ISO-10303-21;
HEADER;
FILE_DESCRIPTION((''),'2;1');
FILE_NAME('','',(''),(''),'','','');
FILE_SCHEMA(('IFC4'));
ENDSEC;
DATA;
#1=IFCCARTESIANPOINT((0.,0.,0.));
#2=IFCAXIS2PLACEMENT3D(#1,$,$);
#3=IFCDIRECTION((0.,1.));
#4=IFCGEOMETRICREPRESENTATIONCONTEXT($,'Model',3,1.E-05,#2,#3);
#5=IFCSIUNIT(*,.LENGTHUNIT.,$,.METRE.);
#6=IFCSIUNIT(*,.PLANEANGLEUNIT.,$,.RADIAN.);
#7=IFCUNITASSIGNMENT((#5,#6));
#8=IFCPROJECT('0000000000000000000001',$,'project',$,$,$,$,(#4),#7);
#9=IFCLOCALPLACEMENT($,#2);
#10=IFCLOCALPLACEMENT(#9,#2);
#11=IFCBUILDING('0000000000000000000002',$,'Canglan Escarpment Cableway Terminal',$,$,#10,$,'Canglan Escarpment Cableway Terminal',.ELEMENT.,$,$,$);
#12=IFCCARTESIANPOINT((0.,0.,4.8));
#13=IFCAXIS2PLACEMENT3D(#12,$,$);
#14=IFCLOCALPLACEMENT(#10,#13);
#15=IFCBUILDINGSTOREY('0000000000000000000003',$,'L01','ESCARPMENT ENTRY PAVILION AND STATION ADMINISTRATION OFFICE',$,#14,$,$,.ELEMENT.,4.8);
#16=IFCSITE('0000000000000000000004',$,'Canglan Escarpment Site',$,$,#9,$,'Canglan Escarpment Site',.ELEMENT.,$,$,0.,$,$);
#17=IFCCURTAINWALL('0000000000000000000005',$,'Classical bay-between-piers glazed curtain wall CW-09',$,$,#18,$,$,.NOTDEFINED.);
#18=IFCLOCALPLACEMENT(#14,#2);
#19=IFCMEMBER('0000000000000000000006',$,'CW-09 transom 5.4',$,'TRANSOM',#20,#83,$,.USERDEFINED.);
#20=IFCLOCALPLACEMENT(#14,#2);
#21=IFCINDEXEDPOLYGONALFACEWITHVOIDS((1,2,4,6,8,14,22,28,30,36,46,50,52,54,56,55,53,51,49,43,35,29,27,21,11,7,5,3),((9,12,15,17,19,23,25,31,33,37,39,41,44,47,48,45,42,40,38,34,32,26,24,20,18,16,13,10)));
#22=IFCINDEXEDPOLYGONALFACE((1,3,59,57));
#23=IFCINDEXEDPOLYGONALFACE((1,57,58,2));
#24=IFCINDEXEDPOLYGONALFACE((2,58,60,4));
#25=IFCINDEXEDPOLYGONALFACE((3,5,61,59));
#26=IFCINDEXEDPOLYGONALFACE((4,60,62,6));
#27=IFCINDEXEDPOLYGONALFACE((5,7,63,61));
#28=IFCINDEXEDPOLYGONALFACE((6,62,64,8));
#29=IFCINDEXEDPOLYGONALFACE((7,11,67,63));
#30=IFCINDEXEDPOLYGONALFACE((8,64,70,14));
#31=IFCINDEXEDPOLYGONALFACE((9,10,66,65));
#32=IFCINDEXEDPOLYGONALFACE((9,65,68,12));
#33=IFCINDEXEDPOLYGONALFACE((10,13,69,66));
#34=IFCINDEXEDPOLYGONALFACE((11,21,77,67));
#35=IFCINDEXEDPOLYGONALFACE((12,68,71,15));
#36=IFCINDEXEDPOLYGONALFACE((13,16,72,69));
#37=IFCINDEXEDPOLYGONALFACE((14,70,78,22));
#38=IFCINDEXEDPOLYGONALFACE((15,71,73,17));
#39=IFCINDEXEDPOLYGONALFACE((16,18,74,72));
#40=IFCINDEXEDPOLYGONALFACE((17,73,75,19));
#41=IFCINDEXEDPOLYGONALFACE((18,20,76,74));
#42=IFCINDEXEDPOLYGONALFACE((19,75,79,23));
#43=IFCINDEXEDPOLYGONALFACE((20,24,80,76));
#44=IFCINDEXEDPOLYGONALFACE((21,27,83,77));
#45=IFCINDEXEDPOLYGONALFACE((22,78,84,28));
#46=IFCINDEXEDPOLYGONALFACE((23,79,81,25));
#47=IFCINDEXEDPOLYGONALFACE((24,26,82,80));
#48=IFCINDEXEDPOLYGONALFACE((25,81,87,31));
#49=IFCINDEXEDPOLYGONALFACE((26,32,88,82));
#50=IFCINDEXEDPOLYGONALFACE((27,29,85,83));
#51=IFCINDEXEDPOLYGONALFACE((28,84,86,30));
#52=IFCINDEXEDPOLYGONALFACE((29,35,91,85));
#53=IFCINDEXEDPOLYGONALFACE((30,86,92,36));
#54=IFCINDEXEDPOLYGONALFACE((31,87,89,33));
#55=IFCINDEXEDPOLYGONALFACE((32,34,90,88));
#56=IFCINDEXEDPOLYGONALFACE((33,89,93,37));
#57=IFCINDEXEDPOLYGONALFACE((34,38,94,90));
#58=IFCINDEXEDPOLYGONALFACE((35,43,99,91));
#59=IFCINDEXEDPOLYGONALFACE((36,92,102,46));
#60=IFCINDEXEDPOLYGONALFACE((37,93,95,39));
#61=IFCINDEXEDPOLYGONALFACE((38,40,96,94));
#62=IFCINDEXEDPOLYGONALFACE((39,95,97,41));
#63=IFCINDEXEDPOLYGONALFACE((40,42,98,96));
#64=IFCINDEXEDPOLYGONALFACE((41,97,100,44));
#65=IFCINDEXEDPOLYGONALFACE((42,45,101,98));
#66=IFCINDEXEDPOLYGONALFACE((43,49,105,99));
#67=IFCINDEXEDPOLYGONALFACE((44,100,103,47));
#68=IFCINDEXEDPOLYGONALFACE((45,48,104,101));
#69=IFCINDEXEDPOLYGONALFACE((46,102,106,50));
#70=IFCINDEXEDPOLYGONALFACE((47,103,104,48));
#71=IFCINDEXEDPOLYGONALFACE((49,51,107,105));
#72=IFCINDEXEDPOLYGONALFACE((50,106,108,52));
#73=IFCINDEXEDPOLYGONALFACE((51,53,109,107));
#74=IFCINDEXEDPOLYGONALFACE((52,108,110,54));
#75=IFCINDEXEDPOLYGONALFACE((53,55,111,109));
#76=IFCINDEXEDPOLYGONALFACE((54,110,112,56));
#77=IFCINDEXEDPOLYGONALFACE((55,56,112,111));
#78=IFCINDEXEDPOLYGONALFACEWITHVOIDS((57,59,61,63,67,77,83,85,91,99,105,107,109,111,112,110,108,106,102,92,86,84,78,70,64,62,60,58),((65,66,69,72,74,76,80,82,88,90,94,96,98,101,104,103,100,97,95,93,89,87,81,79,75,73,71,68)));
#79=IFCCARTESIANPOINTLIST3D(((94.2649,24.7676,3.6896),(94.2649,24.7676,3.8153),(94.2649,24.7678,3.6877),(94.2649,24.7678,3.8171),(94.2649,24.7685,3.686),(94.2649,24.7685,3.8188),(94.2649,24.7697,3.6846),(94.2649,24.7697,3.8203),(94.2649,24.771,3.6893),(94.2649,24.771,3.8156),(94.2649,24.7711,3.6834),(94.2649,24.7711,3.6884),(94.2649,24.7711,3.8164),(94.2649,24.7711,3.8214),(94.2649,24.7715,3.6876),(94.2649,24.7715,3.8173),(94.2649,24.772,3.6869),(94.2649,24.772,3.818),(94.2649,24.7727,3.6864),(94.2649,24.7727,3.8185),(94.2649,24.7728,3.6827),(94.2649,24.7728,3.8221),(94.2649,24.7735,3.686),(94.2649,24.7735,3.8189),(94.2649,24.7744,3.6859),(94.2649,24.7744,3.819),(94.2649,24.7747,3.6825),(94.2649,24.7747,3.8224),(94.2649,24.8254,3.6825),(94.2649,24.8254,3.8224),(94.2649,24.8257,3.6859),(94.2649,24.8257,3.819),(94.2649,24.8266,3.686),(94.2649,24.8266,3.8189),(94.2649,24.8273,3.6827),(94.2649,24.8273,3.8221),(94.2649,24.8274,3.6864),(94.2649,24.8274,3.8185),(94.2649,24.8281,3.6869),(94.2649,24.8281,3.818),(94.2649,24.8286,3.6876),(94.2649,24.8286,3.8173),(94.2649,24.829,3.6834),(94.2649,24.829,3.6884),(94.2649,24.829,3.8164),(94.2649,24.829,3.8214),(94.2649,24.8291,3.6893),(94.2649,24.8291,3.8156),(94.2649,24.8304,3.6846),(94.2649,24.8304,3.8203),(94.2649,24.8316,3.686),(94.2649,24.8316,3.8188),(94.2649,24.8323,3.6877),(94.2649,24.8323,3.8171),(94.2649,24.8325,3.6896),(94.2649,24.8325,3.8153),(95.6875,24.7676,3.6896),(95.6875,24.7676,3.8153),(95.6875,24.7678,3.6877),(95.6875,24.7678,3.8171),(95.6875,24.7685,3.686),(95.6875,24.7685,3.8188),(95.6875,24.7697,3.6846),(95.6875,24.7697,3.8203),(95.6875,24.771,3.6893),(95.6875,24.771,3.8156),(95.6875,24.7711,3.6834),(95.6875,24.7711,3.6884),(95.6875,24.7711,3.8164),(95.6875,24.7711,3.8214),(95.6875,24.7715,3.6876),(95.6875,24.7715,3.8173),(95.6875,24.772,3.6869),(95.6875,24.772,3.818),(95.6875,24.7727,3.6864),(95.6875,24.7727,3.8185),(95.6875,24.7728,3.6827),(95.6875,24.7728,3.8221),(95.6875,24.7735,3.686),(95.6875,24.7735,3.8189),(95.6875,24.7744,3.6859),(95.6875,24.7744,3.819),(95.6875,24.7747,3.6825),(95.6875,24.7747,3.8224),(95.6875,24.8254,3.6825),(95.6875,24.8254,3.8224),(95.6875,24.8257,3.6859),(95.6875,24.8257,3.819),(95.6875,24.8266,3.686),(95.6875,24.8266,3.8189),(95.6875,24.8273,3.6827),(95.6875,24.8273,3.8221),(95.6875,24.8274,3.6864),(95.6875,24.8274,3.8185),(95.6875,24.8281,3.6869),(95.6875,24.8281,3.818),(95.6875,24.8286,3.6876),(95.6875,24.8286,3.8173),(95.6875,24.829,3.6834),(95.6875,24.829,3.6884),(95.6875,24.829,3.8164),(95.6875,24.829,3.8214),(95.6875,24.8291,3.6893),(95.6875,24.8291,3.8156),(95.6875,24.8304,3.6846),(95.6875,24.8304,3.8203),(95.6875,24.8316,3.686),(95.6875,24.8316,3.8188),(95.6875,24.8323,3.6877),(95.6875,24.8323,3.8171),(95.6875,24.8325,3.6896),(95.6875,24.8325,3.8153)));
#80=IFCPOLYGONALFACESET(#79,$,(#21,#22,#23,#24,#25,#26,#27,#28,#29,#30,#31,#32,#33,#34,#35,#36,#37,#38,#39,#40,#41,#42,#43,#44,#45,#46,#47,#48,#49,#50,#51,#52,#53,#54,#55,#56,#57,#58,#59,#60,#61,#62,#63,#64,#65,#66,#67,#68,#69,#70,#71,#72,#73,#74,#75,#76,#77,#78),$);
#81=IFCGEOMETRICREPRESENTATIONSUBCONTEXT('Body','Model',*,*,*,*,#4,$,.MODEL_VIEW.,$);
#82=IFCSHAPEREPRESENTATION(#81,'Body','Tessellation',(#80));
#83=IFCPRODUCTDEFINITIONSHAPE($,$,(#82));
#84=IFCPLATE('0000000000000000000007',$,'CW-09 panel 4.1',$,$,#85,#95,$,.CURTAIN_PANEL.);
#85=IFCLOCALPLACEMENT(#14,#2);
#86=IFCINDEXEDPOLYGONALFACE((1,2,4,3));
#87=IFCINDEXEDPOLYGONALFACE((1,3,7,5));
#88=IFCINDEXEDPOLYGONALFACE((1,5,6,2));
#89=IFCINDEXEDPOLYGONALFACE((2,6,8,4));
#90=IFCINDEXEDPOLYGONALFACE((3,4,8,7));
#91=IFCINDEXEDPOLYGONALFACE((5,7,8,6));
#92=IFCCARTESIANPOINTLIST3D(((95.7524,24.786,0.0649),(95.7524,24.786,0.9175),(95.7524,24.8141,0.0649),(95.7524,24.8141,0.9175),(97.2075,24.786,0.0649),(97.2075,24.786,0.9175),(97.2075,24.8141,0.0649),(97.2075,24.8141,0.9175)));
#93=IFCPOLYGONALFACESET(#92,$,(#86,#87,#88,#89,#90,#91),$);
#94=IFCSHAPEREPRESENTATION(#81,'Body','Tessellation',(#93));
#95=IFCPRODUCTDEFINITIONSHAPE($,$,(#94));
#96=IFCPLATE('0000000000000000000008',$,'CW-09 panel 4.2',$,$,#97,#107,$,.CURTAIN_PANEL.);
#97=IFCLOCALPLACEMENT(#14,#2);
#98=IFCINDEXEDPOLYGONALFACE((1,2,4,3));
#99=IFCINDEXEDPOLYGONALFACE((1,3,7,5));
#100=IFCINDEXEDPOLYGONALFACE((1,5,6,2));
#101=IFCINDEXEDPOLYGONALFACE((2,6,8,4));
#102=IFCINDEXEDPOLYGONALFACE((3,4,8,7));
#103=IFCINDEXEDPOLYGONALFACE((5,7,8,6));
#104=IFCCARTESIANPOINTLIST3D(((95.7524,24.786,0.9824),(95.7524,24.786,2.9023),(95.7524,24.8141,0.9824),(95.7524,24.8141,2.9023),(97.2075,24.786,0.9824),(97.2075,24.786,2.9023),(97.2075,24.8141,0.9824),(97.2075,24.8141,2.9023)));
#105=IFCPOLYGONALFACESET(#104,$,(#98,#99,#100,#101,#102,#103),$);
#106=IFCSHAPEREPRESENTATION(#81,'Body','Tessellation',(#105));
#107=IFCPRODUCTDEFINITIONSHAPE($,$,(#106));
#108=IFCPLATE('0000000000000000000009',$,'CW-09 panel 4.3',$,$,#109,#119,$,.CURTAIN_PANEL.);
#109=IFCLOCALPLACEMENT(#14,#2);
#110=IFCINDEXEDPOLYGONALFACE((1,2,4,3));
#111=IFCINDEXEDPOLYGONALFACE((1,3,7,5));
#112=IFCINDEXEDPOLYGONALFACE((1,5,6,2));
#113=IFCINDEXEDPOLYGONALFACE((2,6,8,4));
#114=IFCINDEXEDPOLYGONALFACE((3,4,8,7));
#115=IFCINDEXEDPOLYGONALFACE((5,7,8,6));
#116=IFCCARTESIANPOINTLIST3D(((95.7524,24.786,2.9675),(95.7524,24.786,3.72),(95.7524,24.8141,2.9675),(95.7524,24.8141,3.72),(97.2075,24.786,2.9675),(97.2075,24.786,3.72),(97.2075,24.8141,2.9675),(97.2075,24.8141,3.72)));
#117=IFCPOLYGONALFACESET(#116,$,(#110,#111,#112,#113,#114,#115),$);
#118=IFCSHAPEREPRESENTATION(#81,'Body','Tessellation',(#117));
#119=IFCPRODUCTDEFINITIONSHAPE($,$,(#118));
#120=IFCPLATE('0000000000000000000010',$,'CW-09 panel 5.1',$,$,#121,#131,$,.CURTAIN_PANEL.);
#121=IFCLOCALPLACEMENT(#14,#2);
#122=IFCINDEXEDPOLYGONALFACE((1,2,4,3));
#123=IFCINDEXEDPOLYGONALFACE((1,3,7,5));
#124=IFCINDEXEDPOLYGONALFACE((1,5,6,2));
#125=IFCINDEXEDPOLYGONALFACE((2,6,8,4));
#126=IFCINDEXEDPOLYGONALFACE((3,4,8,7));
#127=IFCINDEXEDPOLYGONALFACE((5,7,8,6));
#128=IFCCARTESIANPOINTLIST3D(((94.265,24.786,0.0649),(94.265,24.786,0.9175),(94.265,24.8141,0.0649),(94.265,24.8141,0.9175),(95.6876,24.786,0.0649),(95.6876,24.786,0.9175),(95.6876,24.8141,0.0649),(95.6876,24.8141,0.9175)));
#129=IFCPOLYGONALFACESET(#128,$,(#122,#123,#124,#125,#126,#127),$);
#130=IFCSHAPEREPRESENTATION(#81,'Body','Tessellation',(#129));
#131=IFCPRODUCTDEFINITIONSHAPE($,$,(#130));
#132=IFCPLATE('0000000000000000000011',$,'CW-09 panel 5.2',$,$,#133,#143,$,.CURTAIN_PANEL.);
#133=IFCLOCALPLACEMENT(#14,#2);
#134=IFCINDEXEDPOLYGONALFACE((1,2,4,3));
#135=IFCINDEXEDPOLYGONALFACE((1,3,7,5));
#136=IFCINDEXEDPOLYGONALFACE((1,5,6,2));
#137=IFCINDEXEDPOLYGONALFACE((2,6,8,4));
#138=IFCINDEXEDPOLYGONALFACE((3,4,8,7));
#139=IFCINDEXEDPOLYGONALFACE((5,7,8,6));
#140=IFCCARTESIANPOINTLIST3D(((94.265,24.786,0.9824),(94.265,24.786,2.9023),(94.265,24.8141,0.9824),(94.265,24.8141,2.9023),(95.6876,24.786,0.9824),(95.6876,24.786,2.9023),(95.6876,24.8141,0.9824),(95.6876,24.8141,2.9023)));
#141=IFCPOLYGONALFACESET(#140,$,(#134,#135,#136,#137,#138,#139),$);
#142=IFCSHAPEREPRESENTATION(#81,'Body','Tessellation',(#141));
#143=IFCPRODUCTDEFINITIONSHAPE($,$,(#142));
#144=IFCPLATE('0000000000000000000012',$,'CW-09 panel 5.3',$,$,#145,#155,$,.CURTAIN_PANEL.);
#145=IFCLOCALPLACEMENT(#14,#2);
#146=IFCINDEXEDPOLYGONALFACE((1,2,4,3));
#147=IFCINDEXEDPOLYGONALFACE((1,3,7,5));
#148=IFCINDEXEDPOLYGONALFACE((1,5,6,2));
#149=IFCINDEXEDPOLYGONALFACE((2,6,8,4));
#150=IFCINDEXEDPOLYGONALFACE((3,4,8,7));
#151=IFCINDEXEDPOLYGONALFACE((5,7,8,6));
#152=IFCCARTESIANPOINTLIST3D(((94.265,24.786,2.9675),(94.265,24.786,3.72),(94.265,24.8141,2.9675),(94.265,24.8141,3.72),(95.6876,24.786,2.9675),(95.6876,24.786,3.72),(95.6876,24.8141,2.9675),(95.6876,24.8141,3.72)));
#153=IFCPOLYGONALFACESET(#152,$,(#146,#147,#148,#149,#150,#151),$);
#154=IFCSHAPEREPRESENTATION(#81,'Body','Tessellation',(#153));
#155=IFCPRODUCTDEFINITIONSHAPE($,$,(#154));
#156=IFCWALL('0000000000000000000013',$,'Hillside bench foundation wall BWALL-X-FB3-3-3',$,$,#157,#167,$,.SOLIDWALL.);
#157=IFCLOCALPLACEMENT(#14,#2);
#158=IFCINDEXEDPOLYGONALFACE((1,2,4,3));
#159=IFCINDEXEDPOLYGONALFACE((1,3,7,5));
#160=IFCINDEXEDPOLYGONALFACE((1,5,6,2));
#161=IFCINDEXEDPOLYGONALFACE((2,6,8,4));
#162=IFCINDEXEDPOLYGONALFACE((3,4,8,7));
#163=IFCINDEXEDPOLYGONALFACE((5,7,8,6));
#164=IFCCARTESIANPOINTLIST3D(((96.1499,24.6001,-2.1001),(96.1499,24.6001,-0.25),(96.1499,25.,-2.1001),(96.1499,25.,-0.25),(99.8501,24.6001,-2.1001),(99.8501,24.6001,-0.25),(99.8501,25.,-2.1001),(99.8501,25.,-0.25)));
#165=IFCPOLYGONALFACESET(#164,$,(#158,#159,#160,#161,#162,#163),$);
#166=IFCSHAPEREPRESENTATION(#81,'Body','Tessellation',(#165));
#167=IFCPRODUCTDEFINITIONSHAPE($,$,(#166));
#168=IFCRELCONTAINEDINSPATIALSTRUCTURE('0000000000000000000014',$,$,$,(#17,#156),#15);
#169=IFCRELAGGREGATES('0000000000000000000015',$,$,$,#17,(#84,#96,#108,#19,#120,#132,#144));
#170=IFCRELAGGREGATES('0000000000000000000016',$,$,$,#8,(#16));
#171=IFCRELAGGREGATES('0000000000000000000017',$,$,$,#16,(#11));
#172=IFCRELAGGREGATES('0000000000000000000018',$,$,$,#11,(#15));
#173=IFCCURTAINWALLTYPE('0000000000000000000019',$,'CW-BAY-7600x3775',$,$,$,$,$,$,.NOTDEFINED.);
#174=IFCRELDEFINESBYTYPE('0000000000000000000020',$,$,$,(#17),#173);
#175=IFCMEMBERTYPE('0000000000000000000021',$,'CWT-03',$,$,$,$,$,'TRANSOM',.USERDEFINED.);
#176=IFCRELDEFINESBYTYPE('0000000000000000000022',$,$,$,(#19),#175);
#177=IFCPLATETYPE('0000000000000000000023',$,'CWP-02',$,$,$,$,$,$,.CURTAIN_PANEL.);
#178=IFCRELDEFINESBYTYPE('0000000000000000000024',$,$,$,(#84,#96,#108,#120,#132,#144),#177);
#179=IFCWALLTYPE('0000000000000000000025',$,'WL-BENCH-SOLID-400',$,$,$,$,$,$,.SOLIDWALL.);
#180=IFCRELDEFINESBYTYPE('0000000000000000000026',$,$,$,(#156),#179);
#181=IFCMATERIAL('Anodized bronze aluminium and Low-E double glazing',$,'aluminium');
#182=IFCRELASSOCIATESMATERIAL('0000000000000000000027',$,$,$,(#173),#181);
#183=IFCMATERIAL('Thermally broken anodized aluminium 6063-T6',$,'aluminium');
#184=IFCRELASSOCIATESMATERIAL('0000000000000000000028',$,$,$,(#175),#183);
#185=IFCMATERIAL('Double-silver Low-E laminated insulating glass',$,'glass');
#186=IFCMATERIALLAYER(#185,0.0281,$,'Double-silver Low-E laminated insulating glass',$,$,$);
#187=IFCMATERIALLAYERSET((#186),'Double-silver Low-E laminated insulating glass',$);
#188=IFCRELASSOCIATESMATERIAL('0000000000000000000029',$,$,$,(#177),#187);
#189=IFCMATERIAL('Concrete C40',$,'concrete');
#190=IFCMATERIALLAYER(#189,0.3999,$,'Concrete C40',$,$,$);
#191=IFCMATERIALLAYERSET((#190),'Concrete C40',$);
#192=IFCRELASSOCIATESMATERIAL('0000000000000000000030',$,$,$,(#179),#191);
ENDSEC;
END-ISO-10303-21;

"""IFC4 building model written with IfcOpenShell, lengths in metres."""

from ifc_helpers import new_model, si_unit, direction, frame, frame_2d, origin, origin_2d, place, context, subcontext, project, spatial, rectangle, hollow_rectangle, extrude, material, layer, layer_set, material_profile, profile_set, type_object, element, aggregate, save


model = new_model("IFC4")

# Units and contexts
model_context = context("Model", 3, precision=1e-05, world=origin(), true_north=direction((0.0, 1.0)))
body_context = subcontext(model_context, "Body", "Model", "MODEL_VIEW")
ifc_project = project(units=[si_unit("LENGTHUNIT", "METRE"), si_unit("PLANEANGLEUNIT", "RADIAN")], contexts=[model_context])

# Site, building, storey
site_placement = place(None, origin())
site = spatial("IfcSite", under=ifc_project, at=site_placement, Name="Canglan Escarpment Site", LongName="Canglan Escarpment Site", CompositionType="ELEMENT", RefElevation=0.0)
building_placement = place(site_placement, origin())
building = spatial("IfcBuilding", under=site, at=building_placement, Name="Canglan Escarpment Cableway Terminal", LongName="Canglan Escarpment Cableway Terminal", CompositionType="ELEMENT")
storey_placement = place(building_placement, frame((0.0, 0.0, 4.8)))
storey = spatial("IfcBuildingStorey", under=building, at=storey_placement, Name="L01", Description="ESCARPMENT ENTRY PAVILION AND STATION ADMINISTRATION OFFICE", CompositionType="ELEMENT", Elevation=4.8)

# Shared definitions
ifc_material_1 = material(Name="Concrete C40", Category="concrete")

# Curtain wall, member, plates
ifc_material_2 = material(Name="Anodized bronze aluminium and Low-E double glazing", Category="aluminium")
curtain_wall_type = type_object("IfcCurtainWallType", Name="CW-BAY-7600x3775", PredefinedType="NOTDEFINED", material=ifc_material_2)
curtain_wall_placement = place(storey_placement, origin())
curtain_wall = element("IfcCurtainWall", 1, at=curtain_wall_placement, inside=storey, type_object=curtain_wall_type, Name="Classical bay-between-piers glazed curtain wall CW-09", PredefinedType="NOTDEFINED")
ifc_material_3 = material(Name="Thermally broken anodized aluminium 6063-T6", Category="aluminium")
ifc_material_profile_1 = material_profile(ifc_material_3, hollow_rectangle(XDim=0.0649, YDim=0.1399, WallThickness=0.0034, InnerFilletRadius=0.0034, OuterFilletRadius=0.0071, at=origin_2d()), Name="ALU-TRAN 65x140x3.5")
ifc_profile_set_1 = profile_set([ifc_material_profile_1], Name="Thermally broken anodized aluminium 6063-T6")
member_type_1 = type_object("IfcMemberType", Name="CWT-03", ElementType="TRANSOM", PredefinedType="USERDEFINED", material=ifc_profile_set_1)
member_1_placement = place(storey_placement, frame((95.6875, 24.8, 3.7524), z_axis=(-1.0, 0.0, 0.0), x_axis=(0.0, -1.0, 0.0)))
member_1 = element("IfcMember", 2, at=member_1_placement, type_object=member_type_1, Name="CW-09 transom 5.4", ObjectType="TRANSOM", PredefinedType="USERDEFINED", context=body_context, shape_type="SweptSolid", body=[
    extrude(hollow_rectangle(XDim=0.0649, YDim=0.1399, WallThickness=0.0034, InnerFilletRadius=0.0034, OuterFilletRadius=0.0071, at=origin_2d()), origin(), (0.0, 0.0, 1.0), 1.4226),
])
ifc_material_4 = material(Name="Double-silver Low-E laminated insulating glass", Category="glass")
ifc_layer_1 = layer(ifc_material_4, 0.0281, Name="Double-silver Low-E laminated insulating glass")
ifc_layer_set_1 = layer_set([ifc_layer_1], Name="Double-silver Low-E laminated insulating glass")
plate_type = type_object("IfcPlateType", Name="CWP-02", PredefinedType="CURTAIN_PANEL", material=ifc_layer_set_1)
plate_1_placement = place(storey_placement, frame((96.48, 24.8, 0.0649), z_axis=(0.0, 0.0, 1.0), x_axis=(-1.0, 0.0, 0.0)))
plate_1 = element("IfcPlate", 3, at=plate_1_placement, type_object=plate_type, Name="CW-09 panel 4.1", PredefinedType="CURTAIN_PANEL", context=body_context, shape_type="SweptSolid", body=[
    extrude(rectangle(XDim=1.4551, YDim=0.0281, at=origin_2d()), origin(), (0.0, 0.0, 1.0), 0.8525),
])
plate_2_placement = place(storey_placement, frame((96.48, 24.8, 0.9824), z_axis=(0.0, 0.0, 1.0), x_axis=(-1.0, 0.0, 0.0)))
plate_2 = element("IfcPlate", 4, at=plate_2_placement, type_object=plate_type, Name="CW-09 panel 4.2", PredefinedType="CURTAIN_PANEL", context=body_context, shape_type="SweptSolid", body=[
    extrude(rectangle(XDim=1.4551, YDim=0.0281, at=origin_2d()), origin(), (0.0, 0.0, 1.0), 1.9199),
])
plate_3_placement = place(storey_placement, frame((96.48, 24.8, 2.9675), z_axis=(0.0, 0.0, 1.0), x_axis=(-1.0, 0.0, 0.0)))
plate_3 = element("IfcPlate", 5, at=plate_3_placement, type_object=plate_type, Name="CW-09 panel 4.3", PredefinedType="CURTAIN_PANEL", context=body_context, shape_type="SweptSolid", body=[
    extrude(rectangle(XDim=1.4551, YDim=0.0281, at=origin_2d()), origin(), (0.0, 0.0, 1.0), 0.7524),
])
plate_4_placement = place(storey_placement, frame((94.9763, 24.8, 0.0649), z_axis=(0.0, 0.0, 1.0), x_axis=(-1.0, 0.0, 0.0)))
plate_4 = element("IfcPlate", 6, at=plate_4_placement, type_object=plate_type, Name="CW-09 panel 5.1", PredefinedType="CURTAIN_PANEL", context=body_context, shape_type="SweptSolid", body=[
    extrude(rectangle(XDim=1.4226, YDim=0.0281, at=origin_2d()), origin(), (0.0, 0.0, 1.0), 0.8525),
])
plate_5_placement = place(storey_placement, frame((94.9763, 24.8, 0.9824), z_axis=(0.0, 0.0, 1.0), x_axis=(-1.0, 0.0, 0.0)))
plate_5 = element("IfcPlate", 7, at=plate_5_placement, type_object=plate_type, Name="CW-09 panel 5.2", PredefinedType="CURTAIN_PANEL", context=body_context, shape_type="SweptSolid", body=[
    extrude(rectangle(XDim=1.4226, YDim=0.0281, at=origin_2d()), origin(), (0.0, 0.0, 1.0), 1.9199),
])
plate_6_placement = place(storey_placement, frame((94.9763, 24.8, 2.9675), z_axis=(0.0, 0.0, 1.0), x_axis=(-1.0, 0.0, 0.0)))
plate_6 = element("IfcPlate", 8, at=plate_6_placement, type_object=plate_type, Name="CW-09 panel 5.3", PredefinedType="CURTAIN_PANEL", context=body_context, shape_type="SweptSolid", body=[
    extrude(rectangle(XDim=1.4226, YDim=0.0281, at=origin_2d()), origin(), (0.0, 0.0, 1.0), 0.7524),
])
aggregate(curtain_wall, [plate_1, plate_2, plate_3, member_1, plate_4, plate_5, plate_6])

# Wall
ifc_layer_2 = layer(ifc_material_1, 0.3999, Name="Concrete C40")
ifc_layer_set_2 = layer_set([ifc_layer_2], Name="Concrete C40")
wall_type = type_object("IfcWallType", Name="WL-BENCH-SOLID-400", PredefinedType="SOLIDWALL", material=ifc_layer_set_2)
wall_placement = place(storey_placement, frame((96.1499, 24.8, -2.1001), z_axis=(0.0, 0.0, 1.0), x_axis=(1.0, 0.0, 0.0)))
element("IfcWall", 9, at=wall_placement, inside=storey, type_object=wall_type, Name="Hillside bench foundation wall BWALL-X-FB3-3-3", PredefinedType="SOLIDWALL", context=body_context, shape_type="SweptSolid", body=[
    extrude(rectangle(XDim=3.7002, YDim=0.3999, at=frame_2d((1.8501, 0.0))), origin(), (0.0, 0.0, 1.0), 1.8501),
])

save(model, "model.ifc")
